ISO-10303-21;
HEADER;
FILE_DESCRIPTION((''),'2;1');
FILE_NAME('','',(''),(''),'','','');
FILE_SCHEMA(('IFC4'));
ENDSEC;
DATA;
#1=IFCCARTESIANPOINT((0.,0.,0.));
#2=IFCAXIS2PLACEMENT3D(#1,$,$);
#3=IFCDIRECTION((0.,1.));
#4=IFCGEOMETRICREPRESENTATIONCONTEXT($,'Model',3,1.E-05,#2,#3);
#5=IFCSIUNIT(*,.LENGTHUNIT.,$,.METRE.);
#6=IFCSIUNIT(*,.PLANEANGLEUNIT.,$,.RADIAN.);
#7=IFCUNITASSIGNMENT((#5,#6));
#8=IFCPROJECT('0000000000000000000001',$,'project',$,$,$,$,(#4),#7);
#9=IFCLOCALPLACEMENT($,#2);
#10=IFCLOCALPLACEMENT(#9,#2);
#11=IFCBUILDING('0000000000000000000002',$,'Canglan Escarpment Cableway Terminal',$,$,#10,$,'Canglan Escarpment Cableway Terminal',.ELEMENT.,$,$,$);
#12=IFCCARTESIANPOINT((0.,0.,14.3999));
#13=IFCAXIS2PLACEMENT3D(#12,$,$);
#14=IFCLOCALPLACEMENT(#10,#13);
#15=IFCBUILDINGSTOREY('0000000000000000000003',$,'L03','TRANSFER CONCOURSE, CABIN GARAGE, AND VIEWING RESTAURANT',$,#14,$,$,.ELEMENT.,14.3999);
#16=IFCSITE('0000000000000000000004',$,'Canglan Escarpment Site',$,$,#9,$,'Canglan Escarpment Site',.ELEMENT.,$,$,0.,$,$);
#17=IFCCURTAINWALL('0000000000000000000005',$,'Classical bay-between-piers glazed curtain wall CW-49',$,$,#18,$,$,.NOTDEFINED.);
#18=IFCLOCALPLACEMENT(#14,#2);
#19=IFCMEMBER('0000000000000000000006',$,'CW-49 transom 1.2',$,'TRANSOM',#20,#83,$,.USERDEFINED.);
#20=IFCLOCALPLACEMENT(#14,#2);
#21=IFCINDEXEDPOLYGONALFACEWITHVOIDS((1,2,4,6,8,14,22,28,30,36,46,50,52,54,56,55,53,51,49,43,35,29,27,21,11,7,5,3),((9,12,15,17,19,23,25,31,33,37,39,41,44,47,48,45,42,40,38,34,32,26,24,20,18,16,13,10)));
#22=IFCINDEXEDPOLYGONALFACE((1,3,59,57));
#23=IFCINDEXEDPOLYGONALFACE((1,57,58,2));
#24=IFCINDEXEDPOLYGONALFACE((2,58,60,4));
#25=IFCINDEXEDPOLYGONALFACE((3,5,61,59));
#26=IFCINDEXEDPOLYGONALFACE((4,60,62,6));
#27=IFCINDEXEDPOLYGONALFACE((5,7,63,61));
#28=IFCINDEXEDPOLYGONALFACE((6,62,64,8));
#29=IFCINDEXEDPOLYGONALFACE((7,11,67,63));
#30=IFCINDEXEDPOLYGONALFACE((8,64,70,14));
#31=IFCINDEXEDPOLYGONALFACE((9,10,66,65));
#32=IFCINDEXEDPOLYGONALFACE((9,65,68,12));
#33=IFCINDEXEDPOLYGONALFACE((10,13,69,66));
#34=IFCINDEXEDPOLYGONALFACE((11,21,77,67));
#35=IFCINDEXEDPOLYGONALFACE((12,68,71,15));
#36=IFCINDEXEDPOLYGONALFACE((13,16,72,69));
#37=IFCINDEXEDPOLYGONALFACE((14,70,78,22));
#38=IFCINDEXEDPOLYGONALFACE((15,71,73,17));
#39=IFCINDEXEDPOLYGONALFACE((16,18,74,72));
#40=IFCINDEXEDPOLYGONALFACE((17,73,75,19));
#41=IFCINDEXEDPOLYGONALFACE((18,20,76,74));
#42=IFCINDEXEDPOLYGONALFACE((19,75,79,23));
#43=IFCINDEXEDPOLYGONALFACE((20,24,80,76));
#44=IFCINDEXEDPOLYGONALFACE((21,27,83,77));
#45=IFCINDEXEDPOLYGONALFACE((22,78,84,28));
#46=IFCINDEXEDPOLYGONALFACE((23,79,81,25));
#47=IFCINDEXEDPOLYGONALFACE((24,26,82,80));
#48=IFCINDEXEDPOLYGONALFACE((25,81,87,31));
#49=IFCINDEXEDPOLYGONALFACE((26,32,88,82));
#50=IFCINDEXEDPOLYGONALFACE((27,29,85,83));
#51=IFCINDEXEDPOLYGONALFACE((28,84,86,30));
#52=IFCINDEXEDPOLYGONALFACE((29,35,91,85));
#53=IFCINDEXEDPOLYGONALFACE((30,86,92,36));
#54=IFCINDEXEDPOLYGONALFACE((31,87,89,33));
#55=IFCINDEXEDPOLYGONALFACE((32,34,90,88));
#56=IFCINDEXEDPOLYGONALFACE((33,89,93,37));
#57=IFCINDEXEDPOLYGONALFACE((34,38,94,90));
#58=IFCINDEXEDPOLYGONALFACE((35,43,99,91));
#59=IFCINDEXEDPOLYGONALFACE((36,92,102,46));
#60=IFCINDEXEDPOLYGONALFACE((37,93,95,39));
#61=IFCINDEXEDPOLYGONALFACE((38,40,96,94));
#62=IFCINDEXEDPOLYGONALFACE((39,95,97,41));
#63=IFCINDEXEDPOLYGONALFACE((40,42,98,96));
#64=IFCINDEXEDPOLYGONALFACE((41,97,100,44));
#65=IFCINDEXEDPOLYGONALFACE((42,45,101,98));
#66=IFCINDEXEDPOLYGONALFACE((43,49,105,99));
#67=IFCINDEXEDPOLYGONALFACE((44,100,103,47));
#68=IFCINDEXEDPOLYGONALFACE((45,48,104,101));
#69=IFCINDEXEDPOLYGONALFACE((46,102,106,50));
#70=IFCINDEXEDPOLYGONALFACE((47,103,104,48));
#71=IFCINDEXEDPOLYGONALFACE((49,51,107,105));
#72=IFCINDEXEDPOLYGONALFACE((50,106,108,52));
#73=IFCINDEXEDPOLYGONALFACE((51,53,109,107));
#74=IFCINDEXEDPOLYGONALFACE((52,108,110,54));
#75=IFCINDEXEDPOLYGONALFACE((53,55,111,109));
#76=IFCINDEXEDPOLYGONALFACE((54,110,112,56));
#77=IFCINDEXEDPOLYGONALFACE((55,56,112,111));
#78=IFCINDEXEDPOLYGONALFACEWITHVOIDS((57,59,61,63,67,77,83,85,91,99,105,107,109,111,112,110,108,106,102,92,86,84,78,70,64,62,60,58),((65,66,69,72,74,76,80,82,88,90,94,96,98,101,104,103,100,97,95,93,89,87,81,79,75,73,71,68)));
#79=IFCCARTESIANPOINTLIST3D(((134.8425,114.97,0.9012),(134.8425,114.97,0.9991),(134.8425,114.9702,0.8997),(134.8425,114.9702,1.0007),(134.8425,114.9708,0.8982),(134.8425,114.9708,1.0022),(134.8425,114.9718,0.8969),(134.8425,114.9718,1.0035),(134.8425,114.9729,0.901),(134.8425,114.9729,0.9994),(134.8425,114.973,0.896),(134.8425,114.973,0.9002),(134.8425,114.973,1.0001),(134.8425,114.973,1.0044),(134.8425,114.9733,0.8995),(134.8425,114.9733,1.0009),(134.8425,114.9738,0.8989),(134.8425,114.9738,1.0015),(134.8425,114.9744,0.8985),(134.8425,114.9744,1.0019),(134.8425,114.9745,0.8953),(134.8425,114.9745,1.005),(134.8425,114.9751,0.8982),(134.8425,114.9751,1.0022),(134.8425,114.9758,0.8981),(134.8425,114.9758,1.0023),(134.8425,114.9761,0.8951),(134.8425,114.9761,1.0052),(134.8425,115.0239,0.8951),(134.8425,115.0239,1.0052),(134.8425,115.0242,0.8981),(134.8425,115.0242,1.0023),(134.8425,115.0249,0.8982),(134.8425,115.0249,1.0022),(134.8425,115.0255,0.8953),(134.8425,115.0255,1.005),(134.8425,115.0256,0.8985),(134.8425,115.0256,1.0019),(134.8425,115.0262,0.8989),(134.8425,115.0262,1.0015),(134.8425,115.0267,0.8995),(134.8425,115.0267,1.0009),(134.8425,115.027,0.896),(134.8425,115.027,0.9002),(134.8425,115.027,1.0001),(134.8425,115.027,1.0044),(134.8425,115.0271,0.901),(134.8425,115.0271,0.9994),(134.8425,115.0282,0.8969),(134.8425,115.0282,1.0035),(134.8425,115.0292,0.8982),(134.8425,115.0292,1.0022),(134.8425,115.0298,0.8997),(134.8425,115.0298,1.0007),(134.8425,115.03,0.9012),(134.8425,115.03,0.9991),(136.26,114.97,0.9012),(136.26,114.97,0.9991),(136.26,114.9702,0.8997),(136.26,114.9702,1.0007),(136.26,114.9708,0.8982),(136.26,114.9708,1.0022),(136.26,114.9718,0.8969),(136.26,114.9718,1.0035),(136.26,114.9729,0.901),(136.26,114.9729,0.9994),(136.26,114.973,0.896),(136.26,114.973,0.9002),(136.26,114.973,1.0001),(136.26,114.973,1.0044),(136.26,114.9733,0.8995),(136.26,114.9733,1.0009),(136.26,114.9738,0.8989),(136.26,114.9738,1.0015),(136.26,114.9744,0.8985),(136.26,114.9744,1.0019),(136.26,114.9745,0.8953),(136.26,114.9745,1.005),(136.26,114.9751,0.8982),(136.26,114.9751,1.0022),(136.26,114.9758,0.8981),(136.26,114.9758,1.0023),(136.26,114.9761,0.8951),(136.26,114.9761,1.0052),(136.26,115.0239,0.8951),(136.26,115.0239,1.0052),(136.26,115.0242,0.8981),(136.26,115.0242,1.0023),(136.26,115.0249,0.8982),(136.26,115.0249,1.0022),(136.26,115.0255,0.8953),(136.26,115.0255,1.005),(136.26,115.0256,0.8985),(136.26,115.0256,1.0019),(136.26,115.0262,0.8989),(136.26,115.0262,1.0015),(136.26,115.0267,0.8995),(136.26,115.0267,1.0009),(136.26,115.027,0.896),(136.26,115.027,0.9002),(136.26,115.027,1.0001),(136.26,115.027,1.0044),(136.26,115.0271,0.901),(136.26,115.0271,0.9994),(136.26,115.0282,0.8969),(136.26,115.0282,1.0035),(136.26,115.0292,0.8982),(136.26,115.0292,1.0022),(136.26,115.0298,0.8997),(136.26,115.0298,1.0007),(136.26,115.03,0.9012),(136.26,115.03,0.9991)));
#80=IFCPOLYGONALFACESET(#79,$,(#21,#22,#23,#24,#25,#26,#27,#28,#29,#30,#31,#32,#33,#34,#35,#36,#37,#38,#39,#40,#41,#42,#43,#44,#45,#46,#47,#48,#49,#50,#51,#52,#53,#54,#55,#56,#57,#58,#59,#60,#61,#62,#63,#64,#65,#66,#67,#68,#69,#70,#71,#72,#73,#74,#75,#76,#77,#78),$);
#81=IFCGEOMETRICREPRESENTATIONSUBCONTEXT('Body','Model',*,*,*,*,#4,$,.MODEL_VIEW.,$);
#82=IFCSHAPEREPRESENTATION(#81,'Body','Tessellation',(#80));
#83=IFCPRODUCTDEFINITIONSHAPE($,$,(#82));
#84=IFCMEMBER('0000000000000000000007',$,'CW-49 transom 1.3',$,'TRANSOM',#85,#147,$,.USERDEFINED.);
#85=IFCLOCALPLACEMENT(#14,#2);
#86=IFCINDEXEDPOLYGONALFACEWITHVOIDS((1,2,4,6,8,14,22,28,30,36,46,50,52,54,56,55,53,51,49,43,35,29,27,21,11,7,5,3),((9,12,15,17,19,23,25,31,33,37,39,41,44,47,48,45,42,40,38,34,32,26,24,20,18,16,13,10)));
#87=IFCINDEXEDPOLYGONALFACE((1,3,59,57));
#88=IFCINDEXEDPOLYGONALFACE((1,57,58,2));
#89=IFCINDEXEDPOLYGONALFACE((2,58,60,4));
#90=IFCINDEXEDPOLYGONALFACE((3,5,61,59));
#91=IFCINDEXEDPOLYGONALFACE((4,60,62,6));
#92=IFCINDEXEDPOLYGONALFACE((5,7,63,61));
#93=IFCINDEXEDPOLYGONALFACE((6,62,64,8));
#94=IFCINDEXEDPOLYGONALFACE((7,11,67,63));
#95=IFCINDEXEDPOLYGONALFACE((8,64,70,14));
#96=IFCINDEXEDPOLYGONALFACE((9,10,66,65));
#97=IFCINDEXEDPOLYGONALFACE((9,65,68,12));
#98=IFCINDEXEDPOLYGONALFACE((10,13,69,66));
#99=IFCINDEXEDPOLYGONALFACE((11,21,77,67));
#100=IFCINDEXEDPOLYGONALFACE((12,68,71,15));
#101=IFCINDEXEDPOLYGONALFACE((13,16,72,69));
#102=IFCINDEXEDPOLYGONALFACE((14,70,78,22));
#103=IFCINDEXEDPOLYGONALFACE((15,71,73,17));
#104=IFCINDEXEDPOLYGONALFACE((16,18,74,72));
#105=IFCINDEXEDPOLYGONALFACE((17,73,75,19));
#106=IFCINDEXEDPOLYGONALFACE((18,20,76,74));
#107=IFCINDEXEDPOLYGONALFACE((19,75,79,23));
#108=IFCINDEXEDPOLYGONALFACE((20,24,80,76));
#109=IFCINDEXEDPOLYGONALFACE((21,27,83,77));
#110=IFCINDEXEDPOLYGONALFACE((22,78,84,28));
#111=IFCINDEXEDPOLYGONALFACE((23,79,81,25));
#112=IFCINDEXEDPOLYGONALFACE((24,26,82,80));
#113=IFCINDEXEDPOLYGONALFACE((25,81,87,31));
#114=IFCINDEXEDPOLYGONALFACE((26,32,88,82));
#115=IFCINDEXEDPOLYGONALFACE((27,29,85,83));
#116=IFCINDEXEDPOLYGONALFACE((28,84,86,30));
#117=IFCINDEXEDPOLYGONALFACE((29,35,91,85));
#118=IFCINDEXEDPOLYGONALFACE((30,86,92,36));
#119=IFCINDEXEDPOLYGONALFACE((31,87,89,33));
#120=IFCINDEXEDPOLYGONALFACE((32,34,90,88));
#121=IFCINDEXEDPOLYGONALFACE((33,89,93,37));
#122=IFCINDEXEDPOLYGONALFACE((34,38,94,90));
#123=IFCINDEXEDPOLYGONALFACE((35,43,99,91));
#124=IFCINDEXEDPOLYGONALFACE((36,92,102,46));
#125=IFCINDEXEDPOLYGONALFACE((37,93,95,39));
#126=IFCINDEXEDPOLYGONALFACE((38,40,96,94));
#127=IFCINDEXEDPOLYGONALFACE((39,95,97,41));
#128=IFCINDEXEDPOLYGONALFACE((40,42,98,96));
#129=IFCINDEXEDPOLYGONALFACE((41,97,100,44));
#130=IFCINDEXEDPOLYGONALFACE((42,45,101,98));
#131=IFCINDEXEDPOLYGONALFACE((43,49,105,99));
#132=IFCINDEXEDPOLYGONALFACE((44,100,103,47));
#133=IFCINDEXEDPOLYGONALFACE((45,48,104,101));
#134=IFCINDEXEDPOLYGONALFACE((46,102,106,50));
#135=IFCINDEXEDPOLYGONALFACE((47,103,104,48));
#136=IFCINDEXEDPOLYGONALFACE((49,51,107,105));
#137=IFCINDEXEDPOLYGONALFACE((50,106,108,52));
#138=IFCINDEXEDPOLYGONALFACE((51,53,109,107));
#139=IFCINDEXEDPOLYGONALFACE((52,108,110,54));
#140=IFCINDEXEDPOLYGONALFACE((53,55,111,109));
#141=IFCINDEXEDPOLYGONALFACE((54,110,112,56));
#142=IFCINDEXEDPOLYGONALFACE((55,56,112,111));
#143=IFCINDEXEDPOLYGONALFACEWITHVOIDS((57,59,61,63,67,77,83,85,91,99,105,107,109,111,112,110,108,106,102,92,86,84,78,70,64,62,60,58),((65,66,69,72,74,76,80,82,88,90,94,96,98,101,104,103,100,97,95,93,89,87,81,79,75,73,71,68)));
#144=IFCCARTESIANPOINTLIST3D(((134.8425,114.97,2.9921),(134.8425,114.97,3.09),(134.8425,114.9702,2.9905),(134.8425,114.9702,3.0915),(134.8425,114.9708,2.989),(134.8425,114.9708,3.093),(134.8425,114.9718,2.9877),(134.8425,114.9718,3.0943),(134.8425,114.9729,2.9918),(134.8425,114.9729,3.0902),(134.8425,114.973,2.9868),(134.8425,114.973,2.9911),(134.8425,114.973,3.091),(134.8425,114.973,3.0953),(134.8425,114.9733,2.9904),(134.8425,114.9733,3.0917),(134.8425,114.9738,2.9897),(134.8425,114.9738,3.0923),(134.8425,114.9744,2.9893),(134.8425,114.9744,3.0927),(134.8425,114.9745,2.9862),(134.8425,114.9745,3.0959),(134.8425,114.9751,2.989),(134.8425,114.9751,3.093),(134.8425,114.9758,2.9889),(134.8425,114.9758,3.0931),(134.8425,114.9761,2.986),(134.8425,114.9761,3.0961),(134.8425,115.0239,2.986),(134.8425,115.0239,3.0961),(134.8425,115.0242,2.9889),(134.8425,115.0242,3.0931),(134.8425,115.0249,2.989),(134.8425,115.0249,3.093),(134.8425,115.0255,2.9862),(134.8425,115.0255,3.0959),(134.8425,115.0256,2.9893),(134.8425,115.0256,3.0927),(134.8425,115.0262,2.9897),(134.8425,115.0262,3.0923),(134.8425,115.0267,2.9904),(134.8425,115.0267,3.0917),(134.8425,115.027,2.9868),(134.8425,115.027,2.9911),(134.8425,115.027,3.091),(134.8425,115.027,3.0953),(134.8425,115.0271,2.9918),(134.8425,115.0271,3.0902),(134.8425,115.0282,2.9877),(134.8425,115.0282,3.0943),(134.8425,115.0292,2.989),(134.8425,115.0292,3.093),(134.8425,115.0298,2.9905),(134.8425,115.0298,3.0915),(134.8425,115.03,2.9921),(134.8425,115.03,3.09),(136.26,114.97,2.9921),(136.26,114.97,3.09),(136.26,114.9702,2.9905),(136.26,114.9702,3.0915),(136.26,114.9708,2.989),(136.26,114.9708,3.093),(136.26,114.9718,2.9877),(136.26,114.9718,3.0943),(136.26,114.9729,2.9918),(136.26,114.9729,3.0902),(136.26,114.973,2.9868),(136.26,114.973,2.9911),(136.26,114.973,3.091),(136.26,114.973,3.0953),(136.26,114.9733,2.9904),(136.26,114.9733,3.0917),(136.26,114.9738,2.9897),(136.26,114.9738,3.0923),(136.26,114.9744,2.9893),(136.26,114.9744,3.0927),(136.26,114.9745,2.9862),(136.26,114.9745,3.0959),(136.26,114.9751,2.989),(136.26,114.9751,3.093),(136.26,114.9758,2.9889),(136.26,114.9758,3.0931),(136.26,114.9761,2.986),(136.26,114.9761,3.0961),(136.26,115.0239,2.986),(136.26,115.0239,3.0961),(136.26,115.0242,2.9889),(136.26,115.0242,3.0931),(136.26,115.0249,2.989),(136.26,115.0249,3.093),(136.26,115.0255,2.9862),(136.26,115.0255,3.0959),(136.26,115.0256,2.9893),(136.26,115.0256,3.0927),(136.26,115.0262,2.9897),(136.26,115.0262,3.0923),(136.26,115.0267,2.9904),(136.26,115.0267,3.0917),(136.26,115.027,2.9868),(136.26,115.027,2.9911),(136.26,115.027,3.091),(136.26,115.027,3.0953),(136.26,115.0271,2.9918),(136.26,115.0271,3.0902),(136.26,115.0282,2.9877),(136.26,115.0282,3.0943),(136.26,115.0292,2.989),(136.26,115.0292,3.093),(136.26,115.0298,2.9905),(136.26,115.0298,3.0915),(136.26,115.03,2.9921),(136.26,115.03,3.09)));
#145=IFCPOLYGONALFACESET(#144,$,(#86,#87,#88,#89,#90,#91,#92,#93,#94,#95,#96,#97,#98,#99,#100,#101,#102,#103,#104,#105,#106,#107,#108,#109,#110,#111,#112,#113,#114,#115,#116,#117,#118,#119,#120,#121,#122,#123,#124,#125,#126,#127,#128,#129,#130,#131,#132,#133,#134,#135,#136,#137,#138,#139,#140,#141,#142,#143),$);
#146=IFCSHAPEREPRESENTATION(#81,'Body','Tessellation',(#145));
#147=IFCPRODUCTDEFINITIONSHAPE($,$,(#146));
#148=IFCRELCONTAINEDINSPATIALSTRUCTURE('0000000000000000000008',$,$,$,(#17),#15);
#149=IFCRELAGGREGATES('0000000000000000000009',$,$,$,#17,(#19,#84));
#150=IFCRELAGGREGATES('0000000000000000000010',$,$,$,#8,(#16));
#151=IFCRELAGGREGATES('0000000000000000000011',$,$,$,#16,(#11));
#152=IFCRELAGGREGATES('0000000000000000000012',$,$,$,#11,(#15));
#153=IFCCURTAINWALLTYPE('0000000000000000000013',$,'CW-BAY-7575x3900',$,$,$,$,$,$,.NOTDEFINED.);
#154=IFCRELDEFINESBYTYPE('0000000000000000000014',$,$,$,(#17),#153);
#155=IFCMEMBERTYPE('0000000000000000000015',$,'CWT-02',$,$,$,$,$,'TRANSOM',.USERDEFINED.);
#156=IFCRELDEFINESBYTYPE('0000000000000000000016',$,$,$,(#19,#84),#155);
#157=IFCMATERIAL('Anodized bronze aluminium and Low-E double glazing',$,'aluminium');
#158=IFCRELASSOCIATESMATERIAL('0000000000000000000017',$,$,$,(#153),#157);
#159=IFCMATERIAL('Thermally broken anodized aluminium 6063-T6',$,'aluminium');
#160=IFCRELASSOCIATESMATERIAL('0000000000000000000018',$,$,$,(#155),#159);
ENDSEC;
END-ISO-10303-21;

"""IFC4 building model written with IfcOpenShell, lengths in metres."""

from ifc_helpers import new_model, si_unit, direction, frame, origin, origin_2d, place, context, subcontext, project, spatial, hollow_rectangle, extrude, material, material_profile, profile_set, type_object, element, aggregate, save


model = new_model("IFC4")

# Units and contexts
model_context = context("Model", 3, precision=1e-05, world=origin(), true_north=direction((0.0, 1.0)))
body_context = subcontext(model_context, "Body", "Model", "MODEL_VIEW")
ifc_project = project(units=[si_unit("LENGTHUNIT", "METRE"), si_unit("PLANEANGLEUNIT", "RADIAN")], contexts=[model_context])

# Site, building, storey
site_placement = place(None, origin())
site = spatial("IfcSite", under=ifc_project, at=site_placement, Name="Canglan Escarpment Site", LongName="Canglan Escarpment Site", CompositionType="ELEMENT", RefElevation=0.0)
building_placement = place(site_placement, origin())
building = spatial("IfcBuilding", under=site, at=building_placement, Name="Canglan Escarpment Cableway Terminal", LongName="Canglan Escarpment Cableway Terminal", CompositionType="ELEMENT")
storey_placement = place(building_placement, frame((0.0, 0.0, 14.3999)))
storey = spatial("IfcBuildingStorey", under=building, at=storey_placement, Name="L03", Description="TRANSFER CONCOURSE, CABIN GARAGE, AND VIEWING RESTAURANT", CompositionType="ELEMENT", Elevation=14.3999)

# Curtain wall, members
ifc_material_1 = material(Name="Anodized bronze aluminium and Low-E double glazing", Category="aluminium")
curtain_wall_type = type_object("IfcCurtainWallType", Name="CW-BAY-7575x3900", PredefinedType="NOTDEFINED", material=ifc_material_1)
curtain_wall_placement = place(storey_placement, origin())
curtain_wall = element("IfcCurtainWall", 1, at=curtain_wall_placement, inside=storey, type_object=curtain_wall_type, Name="Classical bay-between-piers glazed curtain wall CW-49", PredefinedType="NOTDEFINED")
ifc_material_2 = material(Name="Thermally broken anodized aluminium 6063-T6", Category="aluminium")
ifc_material_profile_1 = material_profile(ifc_material_2, hollow_rectangle(XDim=0.0601, YDim=0.1101, WallThickness=0.0029, InnerFilletRadius=0.0029, OuterFilletRadius=0.0061, at=origin_2d()), Name="ALU-TRAN 60x110x3")
ifc_profile_set_1 = profile_set([ifc_material_profile_1], Name="Thermally broken anodized aluminium 6063-T6")
member_type_1 = type_object("IfcMemberType", Name="CWT-02", ElementType="TRANSOM", PredefinedType="USERDEFINED", material=ifc_profile_set_1)
member_1_placement = place(storey_placement, frame((136.26, 115.0, 0.9502), z_axis=(-1.0, 0.0, 0.0), x_axis=(0.0, -1.0, 0.0)))
member_1 = element("IfcMember", 2, at=member_1_placement, type_object=member_type_1, Name="CW-49 transom 1.2", ObjectType="TRANSOM", PredefinedType="USERDEFINED", context=body_context, shape_type="SweptSolid", body=[
    extrude(hollow_rectangle(XDim=0.0601, YDim=0.1101, WallThickness=0.0029, InnerFilletRadius=0.0029, OuterFilletRadius=0.0061, at=origin_2d()), origin(), (0.0, 0.0, 1.0), 1.4175),
])
member_2_placement = place(storey_placement, frame((136.26, 115.0, 3.041), z_axis=(-1.0, 0.0, 0.0), x_axis=(0.0, -1.0, 0.0)))
member_2 = element("IfcMember", 3, at=member_2_placement, type_object=member_type_1, Name="CW-49 transom 1.3", ObjectType="TRANSOM", PredefinedType="USERDEFINED", context=body_context, shape_type="SweptSolid", body=[
    extrude(hollow_rectangle(XDim=0.0601, YDim=0.1101, WallThickness=0.0029, InnerFilletRadius=0.0029, OuterFilletRadius=0.0061, at=origin_2d()), origin(), (0.0, 0.0, 1.0), 1.4175),
])
aggregate(curtain_wall, [member_1, member_2])

save(model, "model.ifc")
